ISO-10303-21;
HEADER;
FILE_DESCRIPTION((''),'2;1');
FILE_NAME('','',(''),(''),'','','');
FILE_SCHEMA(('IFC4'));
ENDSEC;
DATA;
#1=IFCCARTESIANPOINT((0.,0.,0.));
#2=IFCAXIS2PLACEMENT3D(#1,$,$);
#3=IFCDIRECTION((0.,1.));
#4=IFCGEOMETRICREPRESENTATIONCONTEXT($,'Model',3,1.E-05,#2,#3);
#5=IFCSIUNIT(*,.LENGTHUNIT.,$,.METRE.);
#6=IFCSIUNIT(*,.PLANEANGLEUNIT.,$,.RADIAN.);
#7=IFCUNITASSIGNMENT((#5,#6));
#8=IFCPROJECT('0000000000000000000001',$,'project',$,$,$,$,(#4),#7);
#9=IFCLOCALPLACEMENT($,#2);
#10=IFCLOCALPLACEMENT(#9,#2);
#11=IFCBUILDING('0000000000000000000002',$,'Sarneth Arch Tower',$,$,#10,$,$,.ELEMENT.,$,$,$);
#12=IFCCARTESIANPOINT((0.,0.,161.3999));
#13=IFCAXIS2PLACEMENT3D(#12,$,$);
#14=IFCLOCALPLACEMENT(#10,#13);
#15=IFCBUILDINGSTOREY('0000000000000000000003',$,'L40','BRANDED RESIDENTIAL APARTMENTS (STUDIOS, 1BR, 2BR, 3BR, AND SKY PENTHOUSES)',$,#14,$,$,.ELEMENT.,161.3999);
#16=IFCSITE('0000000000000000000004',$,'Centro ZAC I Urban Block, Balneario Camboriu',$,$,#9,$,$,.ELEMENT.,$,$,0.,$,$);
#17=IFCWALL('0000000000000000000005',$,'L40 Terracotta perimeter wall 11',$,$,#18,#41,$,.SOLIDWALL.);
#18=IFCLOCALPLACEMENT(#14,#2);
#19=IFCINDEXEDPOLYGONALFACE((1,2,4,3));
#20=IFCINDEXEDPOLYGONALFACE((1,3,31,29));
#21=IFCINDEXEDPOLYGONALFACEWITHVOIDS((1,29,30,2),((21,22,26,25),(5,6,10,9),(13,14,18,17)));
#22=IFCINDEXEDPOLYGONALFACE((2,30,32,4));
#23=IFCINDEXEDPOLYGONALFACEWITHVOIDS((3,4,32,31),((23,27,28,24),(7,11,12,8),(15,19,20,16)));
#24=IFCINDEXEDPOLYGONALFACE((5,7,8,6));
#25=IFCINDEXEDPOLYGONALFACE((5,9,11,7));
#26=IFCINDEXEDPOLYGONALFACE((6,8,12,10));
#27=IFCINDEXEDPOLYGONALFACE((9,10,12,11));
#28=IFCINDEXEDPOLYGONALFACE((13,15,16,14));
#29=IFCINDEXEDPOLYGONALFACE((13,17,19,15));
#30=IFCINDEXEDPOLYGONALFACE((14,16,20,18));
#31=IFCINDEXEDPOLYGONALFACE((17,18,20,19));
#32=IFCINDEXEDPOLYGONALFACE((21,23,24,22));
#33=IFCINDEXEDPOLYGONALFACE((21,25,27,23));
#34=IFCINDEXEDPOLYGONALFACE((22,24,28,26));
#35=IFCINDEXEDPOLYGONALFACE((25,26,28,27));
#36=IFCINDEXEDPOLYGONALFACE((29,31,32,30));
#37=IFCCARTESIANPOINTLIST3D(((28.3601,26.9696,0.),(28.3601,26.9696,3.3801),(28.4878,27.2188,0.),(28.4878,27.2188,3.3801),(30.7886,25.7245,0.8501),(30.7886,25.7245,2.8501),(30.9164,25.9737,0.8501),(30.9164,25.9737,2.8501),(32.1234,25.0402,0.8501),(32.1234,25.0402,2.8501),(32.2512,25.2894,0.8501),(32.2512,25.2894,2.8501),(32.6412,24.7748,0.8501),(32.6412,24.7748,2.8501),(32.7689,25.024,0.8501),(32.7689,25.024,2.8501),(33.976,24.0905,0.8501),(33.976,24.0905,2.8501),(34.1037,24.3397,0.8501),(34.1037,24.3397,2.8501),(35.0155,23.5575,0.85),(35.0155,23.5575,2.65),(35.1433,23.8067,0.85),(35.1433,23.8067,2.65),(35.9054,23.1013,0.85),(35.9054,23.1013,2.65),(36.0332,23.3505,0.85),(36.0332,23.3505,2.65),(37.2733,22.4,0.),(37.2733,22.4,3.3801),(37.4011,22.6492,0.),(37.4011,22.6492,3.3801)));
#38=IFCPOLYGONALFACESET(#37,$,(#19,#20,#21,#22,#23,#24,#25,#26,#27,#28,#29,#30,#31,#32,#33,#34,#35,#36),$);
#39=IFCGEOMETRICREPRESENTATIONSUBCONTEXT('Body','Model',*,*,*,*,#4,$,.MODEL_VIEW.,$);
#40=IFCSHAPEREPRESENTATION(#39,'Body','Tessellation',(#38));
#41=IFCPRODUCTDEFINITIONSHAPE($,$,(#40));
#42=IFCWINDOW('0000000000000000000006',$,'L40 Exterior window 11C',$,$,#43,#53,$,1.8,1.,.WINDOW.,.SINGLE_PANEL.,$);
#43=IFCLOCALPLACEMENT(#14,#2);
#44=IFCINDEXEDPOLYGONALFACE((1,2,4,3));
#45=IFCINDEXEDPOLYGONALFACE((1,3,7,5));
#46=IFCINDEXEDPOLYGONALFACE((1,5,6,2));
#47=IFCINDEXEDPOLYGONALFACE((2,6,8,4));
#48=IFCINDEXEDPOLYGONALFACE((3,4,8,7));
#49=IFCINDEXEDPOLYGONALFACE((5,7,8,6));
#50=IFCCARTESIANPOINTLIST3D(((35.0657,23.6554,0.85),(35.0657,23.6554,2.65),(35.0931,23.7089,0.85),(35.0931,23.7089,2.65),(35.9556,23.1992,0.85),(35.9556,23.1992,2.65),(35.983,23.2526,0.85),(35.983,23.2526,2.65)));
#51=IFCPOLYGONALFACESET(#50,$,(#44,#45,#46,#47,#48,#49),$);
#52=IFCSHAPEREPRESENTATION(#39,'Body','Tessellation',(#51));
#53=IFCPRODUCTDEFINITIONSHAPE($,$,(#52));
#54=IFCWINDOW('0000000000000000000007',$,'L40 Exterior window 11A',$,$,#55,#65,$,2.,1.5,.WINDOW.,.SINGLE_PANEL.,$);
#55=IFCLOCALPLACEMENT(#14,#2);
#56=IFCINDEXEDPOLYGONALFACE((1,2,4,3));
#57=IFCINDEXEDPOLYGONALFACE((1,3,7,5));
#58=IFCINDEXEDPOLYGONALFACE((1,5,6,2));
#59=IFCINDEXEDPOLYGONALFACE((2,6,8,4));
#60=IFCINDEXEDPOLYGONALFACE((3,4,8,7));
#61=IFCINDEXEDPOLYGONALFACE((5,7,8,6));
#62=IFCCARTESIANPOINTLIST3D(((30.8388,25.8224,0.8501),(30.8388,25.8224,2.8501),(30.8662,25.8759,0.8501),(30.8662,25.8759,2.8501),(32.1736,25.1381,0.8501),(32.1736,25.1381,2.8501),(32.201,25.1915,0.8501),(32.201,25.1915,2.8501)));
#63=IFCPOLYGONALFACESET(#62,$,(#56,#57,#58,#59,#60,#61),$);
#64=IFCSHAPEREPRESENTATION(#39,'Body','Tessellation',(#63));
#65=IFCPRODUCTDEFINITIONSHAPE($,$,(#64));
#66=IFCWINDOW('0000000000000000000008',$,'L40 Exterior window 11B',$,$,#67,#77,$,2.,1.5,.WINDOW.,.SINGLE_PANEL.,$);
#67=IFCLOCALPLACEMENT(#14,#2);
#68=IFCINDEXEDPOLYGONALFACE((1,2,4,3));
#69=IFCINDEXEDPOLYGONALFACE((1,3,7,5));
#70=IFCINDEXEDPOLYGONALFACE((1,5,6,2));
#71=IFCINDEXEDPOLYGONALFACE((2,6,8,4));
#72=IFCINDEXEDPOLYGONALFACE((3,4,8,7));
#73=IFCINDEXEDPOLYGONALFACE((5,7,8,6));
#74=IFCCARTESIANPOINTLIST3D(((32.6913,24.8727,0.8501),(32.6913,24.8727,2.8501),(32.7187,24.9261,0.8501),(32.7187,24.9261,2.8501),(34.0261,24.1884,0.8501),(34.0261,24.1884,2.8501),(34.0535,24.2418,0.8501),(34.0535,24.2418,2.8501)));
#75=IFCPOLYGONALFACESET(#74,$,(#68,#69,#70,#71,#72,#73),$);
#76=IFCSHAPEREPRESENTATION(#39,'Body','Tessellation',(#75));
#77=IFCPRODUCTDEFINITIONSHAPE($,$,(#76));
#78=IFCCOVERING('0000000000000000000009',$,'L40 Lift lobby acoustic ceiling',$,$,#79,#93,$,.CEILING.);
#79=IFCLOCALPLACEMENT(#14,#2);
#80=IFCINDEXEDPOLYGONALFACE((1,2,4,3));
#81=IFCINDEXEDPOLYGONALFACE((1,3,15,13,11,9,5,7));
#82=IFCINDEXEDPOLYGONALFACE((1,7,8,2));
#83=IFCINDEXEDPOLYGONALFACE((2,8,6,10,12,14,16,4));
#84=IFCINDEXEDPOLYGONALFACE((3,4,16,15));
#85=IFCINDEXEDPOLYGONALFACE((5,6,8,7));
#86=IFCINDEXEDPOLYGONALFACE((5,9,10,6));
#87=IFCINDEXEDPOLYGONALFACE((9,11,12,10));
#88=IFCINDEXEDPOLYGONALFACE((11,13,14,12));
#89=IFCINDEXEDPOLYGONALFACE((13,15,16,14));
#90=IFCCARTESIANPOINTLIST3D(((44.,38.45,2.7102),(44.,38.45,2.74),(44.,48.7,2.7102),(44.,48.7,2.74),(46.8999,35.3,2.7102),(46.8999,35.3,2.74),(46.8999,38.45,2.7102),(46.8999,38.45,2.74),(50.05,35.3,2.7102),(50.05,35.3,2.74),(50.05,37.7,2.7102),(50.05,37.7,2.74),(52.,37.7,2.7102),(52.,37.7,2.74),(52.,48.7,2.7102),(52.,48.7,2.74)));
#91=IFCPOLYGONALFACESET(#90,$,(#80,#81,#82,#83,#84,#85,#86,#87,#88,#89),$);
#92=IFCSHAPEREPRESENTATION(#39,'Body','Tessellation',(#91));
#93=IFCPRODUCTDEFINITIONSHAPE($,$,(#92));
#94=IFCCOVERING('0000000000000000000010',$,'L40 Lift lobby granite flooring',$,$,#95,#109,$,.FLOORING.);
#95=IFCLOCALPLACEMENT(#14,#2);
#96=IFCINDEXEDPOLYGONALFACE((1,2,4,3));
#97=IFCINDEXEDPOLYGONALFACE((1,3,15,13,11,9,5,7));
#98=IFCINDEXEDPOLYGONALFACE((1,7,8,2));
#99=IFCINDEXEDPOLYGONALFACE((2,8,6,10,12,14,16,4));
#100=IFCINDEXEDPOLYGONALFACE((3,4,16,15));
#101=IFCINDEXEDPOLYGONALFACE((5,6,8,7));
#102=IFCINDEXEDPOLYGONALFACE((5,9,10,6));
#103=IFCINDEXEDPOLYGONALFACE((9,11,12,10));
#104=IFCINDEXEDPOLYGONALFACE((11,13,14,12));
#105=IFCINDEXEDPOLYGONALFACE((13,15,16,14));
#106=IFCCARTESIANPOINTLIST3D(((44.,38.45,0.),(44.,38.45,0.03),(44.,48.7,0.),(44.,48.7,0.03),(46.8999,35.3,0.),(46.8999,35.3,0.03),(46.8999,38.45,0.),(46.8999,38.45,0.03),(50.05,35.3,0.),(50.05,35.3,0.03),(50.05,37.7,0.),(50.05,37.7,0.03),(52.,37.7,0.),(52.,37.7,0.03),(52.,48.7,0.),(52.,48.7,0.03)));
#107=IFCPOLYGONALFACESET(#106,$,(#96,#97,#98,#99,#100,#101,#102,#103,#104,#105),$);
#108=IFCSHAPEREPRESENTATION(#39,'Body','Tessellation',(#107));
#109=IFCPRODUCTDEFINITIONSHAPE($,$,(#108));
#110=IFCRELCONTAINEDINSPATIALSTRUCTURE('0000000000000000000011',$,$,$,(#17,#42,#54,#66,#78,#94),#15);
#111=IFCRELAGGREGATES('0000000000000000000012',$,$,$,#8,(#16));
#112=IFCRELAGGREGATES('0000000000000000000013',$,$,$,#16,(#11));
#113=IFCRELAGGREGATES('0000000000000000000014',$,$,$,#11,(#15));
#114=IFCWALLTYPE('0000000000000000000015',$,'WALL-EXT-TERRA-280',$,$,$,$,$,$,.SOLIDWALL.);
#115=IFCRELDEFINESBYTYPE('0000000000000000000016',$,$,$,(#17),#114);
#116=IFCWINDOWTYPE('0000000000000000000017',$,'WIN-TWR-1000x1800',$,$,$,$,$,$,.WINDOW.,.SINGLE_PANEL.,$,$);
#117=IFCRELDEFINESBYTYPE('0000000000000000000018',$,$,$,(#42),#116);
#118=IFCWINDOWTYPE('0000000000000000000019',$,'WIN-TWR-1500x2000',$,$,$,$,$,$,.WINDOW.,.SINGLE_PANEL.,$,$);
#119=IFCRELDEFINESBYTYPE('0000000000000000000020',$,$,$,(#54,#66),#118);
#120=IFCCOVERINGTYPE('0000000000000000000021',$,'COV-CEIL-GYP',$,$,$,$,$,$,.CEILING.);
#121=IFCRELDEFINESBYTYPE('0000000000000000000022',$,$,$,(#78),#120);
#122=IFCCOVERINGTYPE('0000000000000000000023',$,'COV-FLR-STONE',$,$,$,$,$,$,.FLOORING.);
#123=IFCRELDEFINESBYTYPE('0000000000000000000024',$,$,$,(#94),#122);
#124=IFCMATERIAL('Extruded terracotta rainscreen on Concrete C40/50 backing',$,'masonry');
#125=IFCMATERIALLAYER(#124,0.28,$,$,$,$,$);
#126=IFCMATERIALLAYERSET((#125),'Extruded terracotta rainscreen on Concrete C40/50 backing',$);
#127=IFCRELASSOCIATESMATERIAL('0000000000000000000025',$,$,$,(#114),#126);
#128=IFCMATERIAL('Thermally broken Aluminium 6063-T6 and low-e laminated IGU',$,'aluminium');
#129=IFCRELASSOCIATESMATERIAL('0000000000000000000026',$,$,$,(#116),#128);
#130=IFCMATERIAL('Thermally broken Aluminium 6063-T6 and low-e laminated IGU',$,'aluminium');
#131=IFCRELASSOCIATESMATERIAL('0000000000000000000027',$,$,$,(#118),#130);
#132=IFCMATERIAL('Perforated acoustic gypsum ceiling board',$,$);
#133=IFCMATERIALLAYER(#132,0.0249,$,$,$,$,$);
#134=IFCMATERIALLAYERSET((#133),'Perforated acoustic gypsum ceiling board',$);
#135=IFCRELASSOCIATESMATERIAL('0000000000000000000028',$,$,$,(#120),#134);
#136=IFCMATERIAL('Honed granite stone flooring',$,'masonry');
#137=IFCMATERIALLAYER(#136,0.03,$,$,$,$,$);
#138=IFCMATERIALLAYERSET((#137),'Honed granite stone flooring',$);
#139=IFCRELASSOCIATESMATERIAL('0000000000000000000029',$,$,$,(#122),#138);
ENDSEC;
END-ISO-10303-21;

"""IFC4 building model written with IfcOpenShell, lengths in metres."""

from ifc_helpers import new_model, si_unit, direction, frame, frame_2d, origin, place, context, subcontext, project, spatial, polyline, rectangle, outline, extrude, material, layer, layer_set, type_object, element, fill, save


model = new_model("IFC4")

# Units and contexts
model_context = context("Model", 3, precision=1e-05, world=origin(), true_north=direction((0.0, 1.0)))
body_context = subcontext(model_context, "Body", "Model", "MODEL_VIEW")
ifc_project = project(units=[si_unit("LENGTHUNIT", "METRE"), si_unit("PLANEANGLEUNIT", "RADIAN")], contexts=[model_context])

# Site, building, storey
site_placement = place(None, origin())
site = spatial("IfcSite", under=ifc_project, at=site_placement, Name="Centro ZAC I Urban Block, Balneario Camboriu", CompositionType="ELEMENT", RefElevation=0.0)
building_placement = place(site_placement, origin())
building = spatial("IfcBuilding", under=site, at=building_placement, Name="Sarneth Arch Tower", CompositionType="ELEMENT")
storey_placement = place(building_placement, frame((0.0, 0.0, 161.3999)))
storey = spatial("IfcBuildingStorey", under=building, at=storey_placement, Name="L40", Description="BRANDED RESIDENTIAL APARTMENTS (STUDIOS, 1BR, 2BR, 3BR, AND SKY PENTHOUSES)", CompositionType="ELEMENT", Elevation=161.3999)

# Wall, openings, windows
ifc_material_1 = material(Name="Extruded terracotta rainscreen on Concrete C40/50 backing", Category="masonry")
ifc_layer_1 = layer(ifc_material_1, 0.28)
ifc_layer_set_1 = layer_set([ifc_layer_1], Name="Extruded terracotta rainscreen on Concrete C40/50 backing")
wall_type = type_object("IfcWallType", Name="WALL-EXT-TERRA-280", PredefinedType="SOLIDWALL", material=ifc_layer_set_1)
wall_placement = place(storey_placement, frame((28.4238, 27.0942, 0.0), z_axis=(0.0, 0.0, 1.0), x_axis=(0.889873, -0.456209, 0.0)))
wall = element("IfcWall", 1, at=wall_placement, inside=storey, type_object=wall_type, Name="L40 Terracotta perimeter wall 11", PredefinedType="SOLIDWALL", context=body_context, shape_type="SweptSolid", body=[
    extrude(rectangle(XDim=10.0164, YDim=0.28, at=frame_2d((5.0083, 0.0))), origin(), (0.0, 0.0, 1.0), 3.3801),
])
opening_1_placement = place(wall_placement, frame((2.7292, 0.0, 0.8501)))
opening_1 = element("IfcOpeningElement", 2, at=opening_1_placement, cuts=wall, PredefinedType="OPENING", context=body_context, shape_type="SweptSolid", body=[
    extrude(rectangle(XDim=1.5, YDim=2.0, at=frame_2d((0.75, 1.0))), frame((0.0, 0.1499, 0.0), z_axis=(0.0, -1.0, 0.0), x_axis=(1.0, 0.0, 0.0)), (0.0, 0.0, 1.0), 0.3),
])
opening_2_placement = place(wall_placement, frame((4.811, 0.0, 0.8501)))
opening_2 = element("IfcOpeningElement", 3, at=opening_2_placement, cuts=wall, PredefinedType="OPENING", context=body_context, shape_type="SweptSolid", body=[
    extrude(rectangle(XDim=1.5, YDim=2.0, at=frame_2d((0.75, 1.0))), frame((0.0, 0.1499, 0.0), z_axis=(0.0, -1.0, 0.0), x_axis=(1.0, 0.0, 0.0)), (0.0, 0.0, 1.0), 0.3),
])
opening_3_placement = place(wall_placement, frame((7.4792, 0.0, 0.8501)))
opening_3 = element("IfcOpeningElement", 4, at=opening_3_placement, cuts=wall, PredefinedType="OPENING", context=body_context, shape_type="SweptSolid", body=[
    extrude(rectangle(XDim=1.0, YDim=1.8, at=frame_2d((0.5, 0.8999))), frame((0.0, 0.1499, 0.0), z_axis=(0.0, -1.0, 0.0), x_axis=(1.0, 0.0, 0.0)), (0.0, 0.0, 1.0), 0.3),
])
ifc_material_2 = material(Name="Thermally broken Aluminium 6063-T6 and low-e laminated IGU", Category="aluminium")
window_type_1 = type_object("IfcWindowType", Name="WIN-TWR-1000x1800", PartitioningType="SINGLE_PANEL", PredefinedType="WINDOW", material=ifc_material_2)
window_1_placement = place(opening_3_placement, origin())
window_1 = element("IfcWindow", 5, at=window_1_placement, inside=storey, type_object=window_type_1, Name="L40 Exterior window 11C", OverallHeight=1.8, OverallWidth=1.0, PartitioningType="SINGLE_PANEL", PredefinedType="WINDOW", context=body_context, shape_type="SweptSolid", body=[
    extrude(rectangle(XDim=1.0, YDim=1.8, at=frame_2d((0.5, 0.8999))), frame((0.0, 0.03, 0.0), z_axis=(0.0, -1.0, 0.0), x_axis=(1.0, 0.0, 0.0)), (0.0, 0.0, 1.0), 0.0601),
])
fill(opening_3, window_1)
ifc_material_3 = material(Name="Thermally broken Aluminium 6063-T6 and low-e laminated IGU", Category="aluminium")
window_type_2 = type_object("IfcWindowType", Name="WIN-TWR-1500x2000", PartitioningType="SINGLE_PANEL", PredefinedType="WINDOW", material=ifc_material_3)
window_2_placement = place(opening_1_placement, origin())
window_2 = element("IfcWindow", 6, at=window_2_placement, inside=storey, type_object=window_type_2, Name="L40 Exterior window 11A", OverallHeight=2.0, OverallWidth=1.5, PartitioningType="SINGLE_PANEL", PredefinedType="WINDOW", context=body_context, shape_type="SweptSolid", body=[
    extrude(rectangle(XDim=1.5, YDim=2.0, at=frame_2d((0.75, 1.0))), frame((0.0, 0.03, 0.0), z_axis=(0.0, -1.0, 0.0), x_axis=(1.0, 0.0, 0.0)), (0.0, 0.0, 1.0), 0.0601),
])
fill(opening_1, window_2)
window_3_placement = place(opening_2_placement, origin())
window_3 = element("IfcWindow", 7, at=window_3_placement, inside=storey, type_object=window_type_2, Name="L40 Exterior window 11B", OverallHeight=2.0, OverallWidth=1.5, PartitioningType="SINGLE_PANEL", PredefinedType="WINDOW", context=body_context, shape_type="SweptSolid", body=[
    extrude(rectangle(XDim=1.5, YDim=2.0, at=frame_2d((0.75, 1.0))), frame((0.0, 0.03, 0.0), z_axis=(0.0, -1.0, 0.0), x_axis=(1.0, 0.0, 0.0)), (0.0, 0.0, 1.0), 0.0601),
])
fill(opening_2, window_3)

# Coverings
ifc_material_4 = material(Name="Perforated acoustic gypsum ceiling board")
ifc_layer_2 = layer(ifc_material_4, 0.0249)
ifc_layer_set_2 = layer_set([ifc_layer_2], Name="Perforated acoustic gypsum ceiling board")
covering_type_1 = type_object("IfcCoveringType", Name="COV-CEIL-GYP", PredefinedType="CEILING", material=ifc_layer_set_2)
covering_1_placement = place(storey_placement, frame((0.0, 0.0, 2.7102)))
element("IfcCovering", 8, at=covering_1_placement, inside=storey, type_object=covering_type_1, Name="L40 Lift lobby acoustic ceiling", PredefinedType="CEILING", context=body_context, shape_type="SweptSolid", body=[
    extrude(outline(polyline([(52.0, 37.7), (50.05, 37.7), (50.05, 35.3), (46.8999, 35.3), (46.8999, 38.45), (44.0, 38.45), (44.0, 48.7), (52.0, 48.7), (52.0, 37.7)])), origin(), (0.0, 0.0, 1.0), 0.0298),
])
ifc_material_5 = material(Name="Honed granite stone flooring", Category="masonry")
ifc_layer_3 = layer(ifc_material_5, 0.03)
ifc_layer_set_3 = layer_set([ifc_layer_3], Name="Honed granite stone flooring")
covering_type_2 = type_object("IfcCoveringType", Name="COV-FLR-STONE", PredefinedType="FLOORING", material=ifc_layer_set_3)
covering_2_placement = place(storey_placement, origin())
element("IfcCovering", 9, at=covering_2_placement, inside=storey, type_object=covering_type_2, Name="L40 Lift lobby granite flooring", PredefinedType="FLOORING", context=body_context, shape_type="SweptSolid", body=[
    extrude(outline(polyline([(52.0, 37.7), (50.05, 37.7), (50.05, 35.3), (46.8999, 35.3), (46.8999, 38.45), (44.0, 38.45), (44.0, 48.7), (52.0, 48.7), (52.0, 37.7)])), origin(), (0.0, 0.0, 1.0), 0.03),
])

save(model, "model.ifc")
